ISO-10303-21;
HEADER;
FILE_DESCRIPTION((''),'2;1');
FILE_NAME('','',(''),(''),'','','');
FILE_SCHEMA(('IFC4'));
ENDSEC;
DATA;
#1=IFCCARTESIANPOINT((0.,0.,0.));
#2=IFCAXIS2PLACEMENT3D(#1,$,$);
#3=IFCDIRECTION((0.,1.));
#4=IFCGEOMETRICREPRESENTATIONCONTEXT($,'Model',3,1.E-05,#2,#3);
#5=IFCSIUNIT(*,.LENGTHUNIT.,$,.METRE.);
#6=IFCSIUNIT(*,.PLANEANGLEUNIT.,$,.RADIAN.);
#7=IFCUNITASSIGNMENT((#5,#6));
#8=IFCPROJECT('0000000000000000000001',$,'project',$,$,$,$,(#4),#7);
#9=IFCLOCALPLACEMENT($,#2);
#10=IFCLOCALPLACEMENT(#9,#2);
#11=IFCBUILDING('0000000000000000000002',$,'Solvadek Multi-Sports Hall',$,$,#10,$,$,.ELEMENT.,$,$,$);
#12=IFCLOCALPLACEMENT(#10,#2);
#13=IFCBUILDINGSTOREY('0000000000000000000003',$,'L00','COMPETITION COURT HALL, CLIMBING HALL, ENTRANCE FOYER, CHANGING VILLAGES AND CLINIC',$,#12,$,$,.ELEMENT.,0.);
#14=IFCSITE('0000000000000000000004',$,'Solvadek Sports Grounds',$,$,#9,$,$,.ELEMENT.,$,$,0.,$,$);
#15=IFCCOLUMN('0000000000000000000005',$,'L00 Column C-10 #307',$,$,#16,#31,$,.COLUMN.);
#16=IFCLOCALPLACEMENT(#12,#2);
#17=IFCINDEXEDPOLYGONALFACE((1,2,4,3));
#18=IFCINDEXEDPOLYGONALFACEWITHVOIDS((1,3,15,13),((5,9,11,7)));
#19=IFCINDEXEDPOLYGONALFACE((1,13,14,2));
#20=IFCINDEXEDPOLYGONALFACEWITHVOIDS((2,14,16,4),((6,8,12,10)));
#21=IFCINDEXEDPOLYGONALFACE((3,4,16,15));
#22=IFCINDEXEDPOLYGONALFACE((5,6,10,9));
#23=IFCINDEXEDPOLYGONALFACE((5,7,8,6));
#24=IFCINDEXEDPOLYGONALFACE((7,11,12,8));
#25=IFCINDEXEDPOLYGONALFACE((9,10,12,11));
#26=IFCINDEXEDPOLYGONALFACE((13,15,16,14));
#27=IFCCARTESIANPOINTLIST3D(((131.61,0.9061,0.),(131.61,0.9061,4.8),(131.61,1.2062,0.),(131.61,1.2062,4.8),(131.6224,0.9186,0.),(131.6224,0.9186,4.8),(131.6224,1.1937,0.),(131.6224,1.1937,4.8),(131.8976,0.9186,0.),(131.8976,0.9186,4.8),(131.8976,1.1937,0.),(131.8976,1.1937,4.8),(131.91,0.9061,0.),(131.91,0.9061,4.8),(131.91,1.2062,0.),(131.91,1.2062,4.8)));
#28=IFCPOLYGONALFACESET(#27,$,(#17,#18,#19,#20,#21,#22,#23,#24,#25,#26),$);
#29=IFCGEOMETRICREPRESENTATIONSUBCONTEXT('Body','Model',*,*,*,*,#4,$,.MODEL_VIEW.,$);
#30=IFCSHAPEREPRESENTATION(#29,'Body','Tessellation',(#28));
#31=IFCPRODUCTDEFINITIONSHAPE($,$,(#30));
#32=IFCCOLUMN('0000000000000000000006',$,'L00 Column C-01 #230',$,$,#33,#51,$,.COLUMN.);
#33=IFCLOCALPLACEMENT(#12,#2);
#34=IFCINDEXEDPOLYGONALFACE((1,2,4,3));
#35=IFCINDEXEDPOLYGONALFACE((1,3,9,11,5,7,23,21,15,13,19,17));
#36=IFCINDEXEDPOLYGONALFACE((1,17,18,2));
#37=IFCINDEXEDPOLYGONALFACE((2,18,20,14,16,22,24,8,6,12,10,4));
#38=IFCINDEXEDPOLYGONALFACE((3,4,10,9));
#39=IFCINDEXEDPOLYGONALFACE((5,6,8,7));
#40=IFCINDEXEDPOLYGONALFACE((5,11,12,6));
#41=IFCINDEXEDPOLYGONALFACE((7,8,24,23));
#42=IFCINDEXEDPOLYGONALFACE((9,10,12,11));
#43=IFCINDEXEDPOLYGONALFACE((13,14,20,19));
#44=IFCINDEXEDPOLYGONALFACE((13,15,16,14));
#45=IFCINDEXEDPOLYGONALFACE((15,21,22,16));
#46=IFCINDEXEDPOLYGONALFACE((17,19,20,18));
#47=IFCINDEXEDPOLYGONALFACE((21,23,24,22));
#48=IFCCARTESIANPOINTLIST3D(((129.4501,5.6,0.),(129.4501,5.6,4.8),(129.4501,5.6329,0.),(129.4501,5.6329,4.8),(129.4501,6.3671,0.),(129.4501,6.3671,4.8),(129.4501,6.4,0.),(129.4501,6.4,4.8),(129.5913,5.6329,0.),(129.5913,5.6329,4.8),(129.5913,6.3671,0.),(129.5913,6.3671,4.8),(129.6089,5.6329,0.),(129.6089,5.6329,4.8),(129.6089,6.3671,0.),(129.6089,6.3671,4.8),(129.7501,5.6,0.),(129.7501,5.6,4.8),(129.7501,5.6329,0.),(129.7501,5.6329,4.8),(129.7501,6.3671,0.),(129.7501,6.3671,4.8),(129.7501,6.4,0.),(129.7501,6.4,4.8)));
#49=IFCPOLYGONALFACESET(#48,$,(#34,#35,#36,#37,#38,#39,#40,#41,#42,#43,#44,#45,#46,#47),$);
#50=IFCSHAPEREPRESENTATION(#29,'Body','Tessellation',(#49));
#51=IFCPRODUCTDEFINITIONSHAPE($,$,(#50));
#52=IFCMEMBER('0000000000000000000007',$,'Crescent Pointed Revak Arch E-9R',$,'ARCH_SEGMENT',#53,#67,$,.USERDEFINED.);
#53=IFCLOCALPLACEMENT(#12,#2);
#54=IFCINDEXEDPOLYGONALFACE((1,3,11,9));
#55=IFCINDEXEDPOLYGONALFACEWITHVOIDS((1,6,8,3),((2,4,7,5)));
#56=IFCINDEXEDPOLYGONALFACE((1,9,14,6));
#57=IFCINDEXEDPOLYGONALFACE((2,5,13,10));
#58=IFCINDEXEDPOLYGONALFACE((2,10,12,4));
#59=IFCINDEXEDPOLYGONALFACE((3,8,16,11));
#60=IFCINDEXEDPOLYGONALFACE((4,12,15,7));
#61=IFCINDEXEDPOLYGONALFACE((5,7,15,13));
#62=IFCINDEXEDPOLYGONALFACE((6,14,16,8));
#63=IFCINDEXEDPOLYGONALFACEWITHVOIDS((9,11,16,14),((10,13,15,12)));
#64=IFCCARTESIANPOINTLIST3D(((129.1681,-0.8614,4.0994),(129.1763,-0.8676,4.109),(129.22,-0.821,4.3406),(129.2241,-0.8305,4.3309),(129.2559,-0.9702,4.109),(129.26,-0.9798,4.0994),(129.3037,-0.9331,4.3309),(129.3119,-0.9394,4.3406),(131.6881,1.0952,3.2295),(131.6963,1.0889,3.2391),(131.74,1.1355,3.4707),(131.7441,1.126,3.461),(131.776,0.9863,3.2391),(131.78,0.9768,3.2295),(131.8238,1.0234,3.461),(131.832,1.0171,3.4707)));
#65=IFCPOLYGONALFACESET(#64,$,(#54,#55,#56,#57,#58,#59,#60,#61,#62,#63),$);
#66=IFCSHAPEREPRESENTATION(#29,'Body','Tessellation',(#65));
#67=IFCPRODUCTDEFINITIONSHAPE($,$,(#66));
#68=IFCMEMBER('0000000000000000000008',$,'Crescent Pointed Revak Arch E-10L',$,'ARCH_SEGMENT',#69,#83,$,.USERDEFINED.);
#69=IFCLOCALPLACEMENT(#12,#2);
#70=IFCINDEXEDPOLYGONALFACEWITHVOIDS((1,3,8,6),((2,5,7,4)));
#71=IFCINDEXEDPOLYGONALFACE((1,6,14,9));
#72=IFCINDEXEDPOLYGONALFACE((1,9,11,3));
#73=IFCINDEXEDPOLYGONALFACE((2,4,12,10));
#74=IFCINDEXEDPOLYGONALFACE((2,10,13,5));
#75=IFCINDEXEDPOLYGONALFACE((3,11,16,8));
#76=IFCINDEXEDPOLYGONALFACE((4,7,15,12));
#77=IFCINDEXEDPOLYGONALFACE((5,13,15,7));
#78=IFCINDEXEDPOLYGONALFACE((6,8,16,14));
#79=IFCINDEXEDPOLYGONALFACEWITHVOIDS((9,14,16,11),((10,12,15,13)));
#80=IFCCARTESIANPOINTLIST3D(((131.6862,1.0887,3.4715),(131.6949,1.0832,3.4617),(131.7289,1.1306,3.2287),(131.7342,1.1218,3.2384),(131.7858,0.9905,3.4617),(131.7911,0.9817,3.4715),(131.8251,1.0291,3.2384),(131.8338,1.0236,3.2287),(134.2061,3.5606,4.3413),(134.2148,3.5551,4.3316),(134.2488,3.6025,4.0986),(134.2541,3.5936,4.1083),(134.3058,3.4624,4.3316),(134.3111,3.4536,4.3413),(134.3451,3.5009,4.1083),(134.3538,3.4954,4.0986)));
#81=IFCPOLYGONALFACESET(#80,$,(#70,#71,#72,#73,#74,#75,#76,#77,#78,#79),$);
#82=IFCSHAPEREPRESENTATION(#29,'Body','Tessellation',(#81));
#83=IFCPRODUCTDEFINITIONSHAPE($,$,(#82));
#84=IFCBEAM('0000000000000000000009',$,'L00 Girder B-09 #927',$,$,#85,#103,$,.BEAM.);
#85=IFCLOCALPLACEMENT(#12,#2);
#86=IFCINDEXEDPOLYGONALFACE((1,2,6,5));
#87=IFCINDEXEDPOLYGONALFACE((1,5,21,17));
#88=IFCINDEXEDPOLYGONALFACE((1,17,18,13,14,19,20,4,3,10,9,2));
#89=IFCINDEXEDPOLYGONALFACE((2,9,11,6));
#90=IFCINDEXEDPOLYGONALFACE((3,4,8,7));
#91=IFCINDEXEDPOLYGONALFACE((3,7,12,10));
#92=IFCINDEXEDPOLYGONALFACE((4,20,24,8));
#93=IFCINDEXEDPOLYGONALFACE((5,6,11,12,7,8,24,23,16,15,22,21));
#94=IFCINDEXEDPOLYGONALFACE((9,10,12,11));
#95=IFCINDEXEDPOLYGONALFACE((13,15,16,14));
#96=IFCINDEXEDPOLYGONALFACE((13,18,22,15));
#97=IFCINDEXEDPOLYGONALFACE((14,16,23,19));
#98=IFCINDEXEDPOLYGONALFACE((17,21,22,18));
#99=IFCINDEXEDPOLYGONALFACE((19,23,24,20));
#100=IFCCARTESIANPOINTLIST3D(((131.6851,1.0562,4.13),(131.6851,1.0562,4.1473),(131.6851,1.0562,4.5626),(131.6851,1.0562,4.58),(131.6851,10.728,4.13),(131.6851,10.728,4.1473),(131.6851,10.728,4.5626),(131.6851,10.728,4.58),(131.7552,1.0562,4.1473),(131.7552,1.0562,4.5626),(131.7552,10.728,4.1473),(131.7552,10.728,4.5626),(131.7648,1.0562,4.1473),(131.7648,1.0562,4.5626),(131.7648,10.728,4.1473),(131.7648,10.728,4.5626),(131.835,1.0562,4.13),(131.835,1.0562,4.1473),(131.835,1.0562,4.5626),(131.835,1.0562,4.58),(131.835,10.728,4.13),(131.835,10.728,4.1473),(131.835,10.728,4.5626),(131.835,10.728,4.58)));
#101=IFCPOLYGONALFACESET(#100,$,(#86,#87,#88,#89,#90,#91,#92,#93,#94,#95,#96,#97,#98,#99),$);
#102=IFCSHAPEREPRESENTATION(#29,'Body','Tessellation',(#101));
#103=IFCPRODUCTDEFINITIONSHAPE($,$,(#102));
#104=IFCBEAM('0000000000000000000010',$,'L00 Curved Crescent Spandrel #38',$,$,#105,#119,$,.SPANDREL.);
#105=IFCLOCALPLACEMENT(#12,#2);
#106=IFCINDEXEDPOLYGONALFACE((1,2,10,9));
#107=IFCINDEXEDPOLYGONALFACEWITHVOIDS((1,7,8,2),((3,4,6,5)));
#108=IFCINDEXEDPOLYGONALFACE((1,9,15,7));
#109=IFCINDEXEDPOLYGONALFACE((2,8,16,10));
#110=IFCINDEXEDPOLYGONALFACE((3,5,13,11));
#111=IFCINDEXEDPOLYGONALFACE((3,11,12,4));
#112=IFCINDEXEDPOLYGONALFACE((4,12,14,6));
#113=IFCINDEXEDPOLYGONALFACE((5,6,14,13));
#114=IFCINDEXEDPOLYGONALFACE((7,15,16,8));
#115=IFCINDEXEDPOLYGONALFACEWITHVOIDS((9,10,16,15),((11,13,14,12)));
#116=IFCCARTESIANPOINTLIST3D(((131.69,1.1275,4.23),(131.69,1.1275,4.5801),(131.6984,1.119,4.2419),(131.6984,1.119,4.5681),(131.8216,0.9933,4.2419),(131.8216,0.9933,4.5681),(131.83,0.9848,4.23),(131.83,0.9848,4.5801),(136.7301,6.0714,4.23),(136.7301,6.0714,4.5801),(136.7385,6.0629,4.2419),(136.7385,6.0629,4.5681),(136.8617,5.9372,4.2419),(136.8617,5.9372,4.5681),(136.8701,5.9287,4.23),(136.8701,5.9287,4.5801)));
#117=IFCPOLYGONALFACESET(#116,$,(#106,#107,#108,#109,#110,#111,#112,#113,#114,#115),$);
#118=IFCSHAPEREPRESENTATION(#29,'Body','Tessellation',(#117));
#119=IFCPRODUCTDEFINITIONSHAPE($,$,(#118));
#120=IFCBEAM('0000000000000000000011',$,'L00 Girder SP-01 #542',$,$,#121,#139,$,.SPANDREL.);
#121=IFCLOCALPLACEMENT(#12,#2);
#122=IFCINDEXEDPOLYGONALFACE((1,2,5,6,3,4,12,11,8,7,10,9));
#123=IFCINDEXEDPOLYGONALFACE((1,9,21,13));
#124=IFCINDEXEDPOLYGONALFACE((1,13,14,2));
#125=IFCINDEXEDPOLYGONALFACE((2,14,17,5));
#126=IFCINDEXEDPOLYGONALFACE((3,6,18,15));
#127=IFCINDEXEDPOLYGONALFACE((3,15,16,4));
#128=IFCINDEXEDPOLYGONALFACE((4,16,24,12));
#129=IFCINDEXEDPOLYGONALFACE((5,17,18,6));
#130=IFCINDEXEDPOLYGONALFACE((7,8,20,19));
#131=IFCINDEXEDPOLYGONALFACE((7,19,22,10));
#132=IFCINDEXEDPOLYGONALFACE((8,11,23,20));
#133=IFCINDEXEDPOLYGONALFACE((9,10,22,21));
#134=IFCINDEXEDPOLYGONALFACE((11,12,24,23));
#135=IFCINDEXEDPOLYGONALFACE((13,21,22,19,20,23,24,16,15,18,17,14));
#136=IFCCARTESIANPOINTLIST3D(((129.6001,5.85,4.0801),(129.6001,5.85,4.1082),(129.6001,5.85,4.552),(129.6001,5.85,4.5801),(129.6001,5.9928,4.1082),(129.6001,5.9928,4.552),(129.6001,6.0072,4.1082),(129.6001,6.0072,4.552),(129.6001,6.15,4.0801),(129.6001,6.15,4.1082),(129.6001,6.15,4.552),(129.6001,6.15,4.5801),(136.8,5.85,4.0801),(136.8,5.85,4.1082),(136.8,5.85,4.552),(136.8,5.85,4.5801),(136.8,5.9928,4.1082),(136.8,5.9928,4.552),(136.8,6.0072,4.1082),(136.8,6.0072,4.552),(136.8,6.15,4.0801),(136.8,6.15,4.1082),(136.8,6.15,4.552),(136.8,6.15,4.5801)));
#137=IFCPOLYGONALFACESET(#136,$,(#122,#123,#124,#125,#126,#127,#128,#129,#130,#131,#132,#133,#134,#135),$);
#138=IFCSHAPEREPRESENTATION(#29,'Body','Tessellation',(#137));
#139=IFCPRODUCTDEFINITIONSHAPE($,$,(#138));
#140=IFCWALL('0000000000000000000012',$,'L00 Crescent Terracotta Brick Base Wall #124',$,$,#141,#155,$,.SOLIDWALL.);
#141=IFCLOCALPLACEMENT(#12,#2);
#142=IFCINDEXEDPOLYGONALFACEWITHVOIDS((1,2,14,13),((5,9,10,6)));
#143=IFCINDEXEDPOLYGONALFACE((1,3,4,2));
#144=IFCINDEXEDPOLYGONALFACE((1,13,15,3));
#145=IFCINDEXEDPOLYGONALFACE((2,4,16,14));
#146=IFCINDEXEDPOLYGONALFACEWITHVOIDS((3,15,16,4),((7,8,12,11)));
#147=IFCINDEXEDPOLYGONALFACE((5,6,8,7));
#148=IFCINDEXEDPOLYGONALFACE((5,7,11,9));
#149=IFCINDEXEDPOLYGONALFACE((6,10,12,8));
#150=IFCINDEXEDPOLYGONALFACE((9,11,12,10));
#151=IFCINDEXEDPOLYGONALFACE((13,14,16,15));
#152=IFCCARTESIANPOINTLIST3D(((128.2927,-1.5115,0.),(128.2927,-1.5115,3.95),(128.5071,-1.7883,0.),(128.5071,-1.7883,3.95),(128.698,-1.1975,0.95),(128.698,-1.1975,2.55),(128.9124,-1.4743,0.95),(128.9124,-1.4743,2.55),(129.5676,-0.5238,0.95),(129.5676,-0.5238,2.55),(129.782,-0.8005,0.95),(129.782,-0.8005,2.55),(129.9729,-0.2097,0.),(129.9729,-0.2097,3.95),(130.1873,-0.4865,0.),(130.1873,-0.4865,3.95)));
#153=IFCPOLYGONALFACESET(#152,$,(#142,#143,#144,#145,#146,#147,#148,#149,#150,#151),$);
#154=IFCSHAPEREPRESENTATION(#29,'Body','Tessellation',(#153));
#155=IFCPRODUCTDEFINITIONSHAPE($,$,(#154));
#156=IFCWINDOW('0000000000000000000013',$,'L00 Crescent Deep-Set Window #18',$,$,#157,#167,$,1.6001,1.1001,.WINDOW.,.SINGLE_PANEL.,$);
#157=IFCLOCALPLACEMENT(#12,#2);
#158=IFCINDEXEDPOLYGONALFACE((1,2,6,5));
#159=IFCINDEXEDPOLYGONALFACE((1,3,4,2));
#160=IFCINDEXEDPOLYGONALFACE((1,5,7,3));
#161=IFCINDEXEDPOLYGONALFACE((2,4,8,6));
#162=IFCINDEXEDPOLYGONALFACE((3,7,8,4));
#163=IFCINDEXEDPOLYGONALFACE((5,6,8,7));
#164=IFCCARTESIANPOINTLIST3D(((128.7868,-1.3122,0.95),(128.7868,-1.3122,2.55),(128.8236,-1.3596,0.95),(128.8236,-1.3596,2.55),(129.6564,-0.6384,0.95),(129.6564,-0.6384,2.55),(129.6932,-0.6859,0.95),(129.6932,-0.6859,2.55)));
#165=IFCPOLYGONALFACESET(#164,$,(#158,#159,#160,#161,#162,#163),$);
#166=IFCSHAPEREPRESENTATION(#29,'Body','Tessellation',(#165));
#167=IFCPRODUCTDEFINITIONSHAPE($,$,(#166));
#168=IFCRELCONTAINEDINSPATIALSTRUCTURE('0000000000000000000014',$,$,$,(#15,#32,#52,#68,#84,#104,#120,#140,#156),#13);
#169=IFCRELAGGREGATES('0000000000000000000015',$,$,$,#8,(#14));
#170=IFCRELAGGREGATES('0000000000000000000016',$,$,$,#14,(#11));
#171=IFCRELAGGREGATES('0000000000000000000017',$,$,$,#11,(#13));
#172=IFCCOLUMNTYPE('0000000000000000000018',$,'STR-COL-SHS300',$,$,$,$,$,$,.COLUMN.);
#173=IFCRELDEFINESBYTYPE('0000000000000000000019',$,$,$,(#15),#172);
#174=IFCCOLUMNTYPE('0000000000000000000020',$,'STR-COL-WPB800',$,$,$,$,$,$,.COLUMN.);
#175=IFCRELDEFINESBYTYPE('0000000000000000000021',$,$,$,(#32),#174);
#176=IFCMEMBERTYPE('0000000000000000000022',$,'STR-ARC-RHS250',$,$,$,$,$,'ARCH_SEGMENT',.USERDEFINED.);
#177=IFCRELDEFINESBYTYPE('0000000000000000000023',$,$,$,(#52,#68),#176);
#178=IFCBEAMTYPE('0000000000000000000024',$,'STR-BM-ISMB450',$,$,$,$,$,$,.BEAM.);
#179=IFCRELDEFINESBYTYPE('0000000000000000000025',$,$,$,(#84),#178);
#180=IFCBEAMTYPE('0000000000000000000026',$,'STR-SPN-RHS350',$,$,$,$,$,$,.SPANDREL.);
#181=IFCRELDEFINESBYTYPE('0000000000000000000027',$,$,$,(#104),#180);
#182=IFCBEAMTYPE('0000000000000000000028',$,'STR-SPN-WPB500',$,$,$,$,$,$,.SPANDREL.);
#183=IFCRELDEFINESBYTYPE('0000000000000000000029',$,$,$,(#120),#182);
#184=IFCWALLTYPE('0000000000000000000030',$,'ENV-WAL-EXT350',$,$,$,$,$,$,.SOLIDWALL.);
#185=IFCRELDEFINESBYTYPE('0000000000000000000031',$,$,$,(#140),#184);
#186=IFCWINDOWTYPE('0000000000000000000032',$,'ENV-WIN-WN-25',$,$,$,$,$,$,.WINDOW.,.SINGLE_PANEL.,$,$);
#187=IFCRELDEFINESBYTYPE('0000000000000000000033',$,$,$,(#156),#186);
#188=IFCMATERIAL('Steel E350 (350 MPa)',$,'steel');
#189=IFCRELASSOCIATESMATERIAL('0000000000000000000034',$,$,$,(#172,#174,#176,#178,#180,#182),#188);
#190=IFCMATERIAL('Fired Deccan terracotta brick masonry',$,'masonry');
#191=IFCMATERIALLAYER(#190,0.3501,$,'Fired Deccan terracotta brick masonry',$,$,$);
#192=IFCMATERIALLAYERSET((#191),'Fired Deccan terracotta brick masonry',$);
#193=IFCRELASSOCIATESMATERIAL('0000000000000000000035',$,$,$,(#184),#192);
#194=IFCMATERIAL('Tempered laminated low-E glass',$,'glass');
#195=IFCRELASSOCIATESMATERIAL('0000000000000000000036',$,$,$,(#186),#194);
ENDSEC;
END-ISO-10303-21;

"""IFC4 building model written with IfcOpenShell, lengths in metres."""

from ifc_helpers import new_model, si_unit, direction, frame, frame_2d, origin, origin_2d, place, context, subcontext, project, spatial, rectangle, hollow_rectangle, i_section, extrude, material, layer, layer_set, material_profile, profile_set, type_object, element, fill, save


model = new_model("IFC4")

# Units and contexts
model_context = context("Model", 3, precision=1e-05, world=origin(), true_north=direction((0.0, 1.0)))
body_context = subcontext(model_context, "Body", "Model", "MODEL_VIEW")
ifc_project = project(units=[si_unit("LENGTHUNIT", "METRE"), si_unit("PLANEANGLEUNIT", "RADIAN")], contexts=[model_context])

# Site, building, storey
site_placement = place(None, origin())
site = spatial("IfcSite", under=ifc_project, at=site_placement, Name="Solvadek Sports Grounds", CompositionType="ELEMENT", RefElevation=0.0)
building_placement = place(site_placement, origin())
building = spatial("IfcBuilding", under=site, at=building_placement, Name="Solvadek Multi-Sports Hall", CompositionType="ELEMENT")
storey_placement = place(building_placement, origin())
storey = spatial("IfcBuildingStorey", under=building, at=storey_placement, Name="L00", Description="COMPETITION COURT HALL, CLIMBING HALL, ENTRANCE FOYER, CHANGING VILLAGES AND CLINIC", CompositionType="ELEMENT", Elevation=0.0)

# Columns
ifc_material_1 = material(Name="Steel E350 (350 MPa)", Category="steel")
ifc_material_profile_1 = material_profile(ifc_material_1, hollow_rectangle(XDim=0.3, YDim=0.3, WallThickness=0.0125, at=origin_2d()), Name="SHS 300x300x12.5")
ifc_profile_set_1 = profile_set([ifc_material_profile_1], Name="Steel E350 (350 MPa)")
column_type_1 = type_object("IfcColumnType", Name="STR-COL-SHS300", PredefinedType="COLUMN", material=ifc_profile_set_1)
column_1_placement = place(storey_placement, frame((131.76, 1.0562, 0.0), z_axis=(0.0, 0.0, 1.0), x_axis=(1.0, 0.0, 0.0)))
element("IfcColumn", 1, at=column_1_placement, inside=storey, type_object=column_type_1, Name="L00 Column C-10 #307", PredefinedType="COLUMN", context=body_context, shape_type="SweptSolid", body=[
    extrude(hollow_rectangle(XDim=0.3, YDim=0.3, WallThickness=0.0125, at=origin_2d()), origin(), (0.0, 0.0, 1.0), 4.8),
])
ifc_material_profile_2 = material_profile(ifc_material_1, i_section(OverallWidth=0.3, OverallDepth=0.8, WebThickness=0.0176, FlangeThickness=0.033, at=origin_2d()), Name="WPB 800")
ifc_profile_set_2 = profile_set([ifc_material_profile_2], Name="Steel E350 (350 MPa)")
column_type_2 = type_object("IfcColumnType", Name="STR-COL-WPB800", PredefinedType="COLUMN", material=ifc_profile_set_2)
column_2_placement = place(storey_placement, frame((129.6001, 6.0, 0.0), z_axis=(0.0, 0.0, 1.0), x_axis=(1.0, 0.0, 0.0)))
element("IfcColumn", 2, at=column_2_placement, inside=storey, type_object=column_type_2, Name="L00 Column C-01 #230", PredefinedType="COLUMN", context=body_context, shape_type="SweptSolid", body=[
    extrude(i_section(OverallWidth=0.3, OverallDepth=0.8, WebThickness=0.0176, FlangeThickness=0.033, at=origin_2d()), origin(), (0.0, 0.0, 1.0), 4.8),
])

# Members
ifc_material_profile_3 = material_profile(ifc_material_1, hollow_rectangle(XDim=0.1499, YDim=0.25, WallThickness=0.01, at=origin_2d()), Name="RHS 250x150x10")
ifc_profile_set_3 = profile_set([ifc_material_profile_3], Name="Steel E350 (350 MPa)")
member_type = type_object("IfcMemberType", Name="STR-ARC-RHS250", ElementType="ARCH_SEGMENT", PredefinedType="USERDEFINED", material=ifc_profile_set_3)
member_1_placement = place(storey_placement, frame((129.24, -0.9004, 4.22), z_axis=(0.762061, 0.591664, -0.263052), x_axis=(-0.613262, 0.789879, 0.0)))
element("IfcMember", 3, at=member_1_placement, inside=storey, type_object=member_type, Name="Crescent Pointed Revak Arch E-9R", ObjectType="ARCH_SEGMENT", PredefinedType="USERDEFINED", context=body_context, shape_type="SweptSolid", body=[
    extrude(hollow_rectangle(XDim=0.1499, YDim=0.25, WallThickness=0.01, at=origin_2d()), origin(), (0.0, 0.0, 1.0), 3.3069),
])
member_2_placement = place(storey_placement, frame((131.76, 1.0562, 3.3501), z_axis=(0.693151, 0.679922, 0.239265), x_axis=(-0.700262, 0.713886, 0.0)))
element("IfcMember", 4, at=member_2_placement, inside=storey, type_object=member_type, Name="Crescent Pointed Revak Arch E-10L", ObjectType="ARCH_SEGMENT", PredefinedType="USERDEFINED", context=body_context, shape_type="SweptSolid", body=[
    extrude(hollow_rectangle(XDim=0.1499, YDim=0.25, WallThickness=0.01, at=origin_2d()), origin(), (0.0, 0.0, 1.0), 3.6355),
])

# Beams
ifc_material_profile_4 = material_profile(ifc_material_1, i_section(OverallWidth=0.1499, OverallDepth=0.45, WebThickness=0.0095, FlangeThickness=0.0173, at=origin_2d()), Name="ISMB 450")
ifc_profile_set_4 = profile_set([ifc_material_profile_4], Name="Steel E350 (350 MPa)")
beam_type_1 = type_object("IfcBeamType", Name="STR-BM-ISMB450", PredefinedType="BEAM", material=ifc_profile_set_4)
beam_1_placement = place(storey_placement, frame((131.76, 1.0562, 4.355), z_axis=(0.0, 1.0, 0.0), x_axis=(-1.0, 0.0, 0.0)))
element("IfcBeam", 5, at=beam_1_placement, inside=storey, type_object=beam_type_1, Name="L00 Girder B-09 #927", PredefinedType="BEAM", context=body_context, shape_type="SweptSolid", body=[
    extrude(i_section(OverallWidth=0.1499, OverallDepth=0.45, WebThickness=0.0095, FlangeThickness=0.0173, at=origin_2d()), origin(), (0.0, 0.0, 1.0), 9.6719),
])
ifc_material_profile_5 = material_profile(ifc_material_1, hollow_rectangle(XDim=0.2, YDim=0.3501, WallThickness=0.012, at=origin_2d()), Name="RHS 350x200x12")
ifc_profile_set_5 = profile_set([ifc_material_profile_5], Name="Steel E350 (350 MPa)")
beam_type_2 = type_object("IfcBeamType", Name="STR-SPN-RHS350", PredefinedType="SPANDREL", material=ifc_profile_set_5)
beam_2_placement = place(storey_placement, frame((131.76, 1.0562, 4.405), z_axis=(0.713886, 0.700262, 0.0), x_axis=(-0.700262, 0.713886, 0.0)))
element("IfcBeam", 6, at=beam_2_placement, inside=storey, type_object=beam_type_2, Name="L00 Curved Crescent Spandrel #38", PredefinedType="SPANDREL", context=body_context, shape_type="SweptSolid", body=[
    extrude(hollow_rectangle(XDim=0.2, YDim=0.3501, WallThickness=0.012, at=origin_2d()), origin(), (0.0, 0.0, 1.0), 7.0601),
])
ifc_material_profile_6 = material_profile(ifc_material_1, i_section(OverallWidth=0.3, OverallDepth=0.5, WebThickness=0.0144, FlangeThickness=0.0281, at=origin_2d()), Name="WPB 500")
ifc_profile_set_6 = profile_set([ifc_material_profile_6], Name="Steel E350 (350 MPa)")
beam_type_3 = type_object("IfcBeamType", Name="STR-SPN-WPB500", PredefinedType="SPANDREL", material=ifc_profile_set_6)
beam_3_placement = place(storey_placement, frame((129.6001, 6.0, 4.3301), z_axis=(1.0, 0.0, 0.0), x_axis=(0.0, 1.0, 0.0)))
element("IfcBeam", 7, at=beam_3_placement, inside=storey, type_object=beam_type_3, Name="L00 Girder SP-01 #542", PredefinedType="SPANDREL", context=body_context, shape_type="SweptSolid", body=[
    extrude(i_section(OverallWidth=0.3, OverallDepth=0.5, WebThickness=0.0144, FlangeThickness=0.0281, at=origin_2d()), origin(), (0.0, 0.0, 1.0), 7.2),
])

# Wall, opening, window
ifc_material_2 = material(Name="Fired Deccan terracotta brick masonry", Category="masonry")
ifc_layer_1 = layer(ifc_material_2, 0.3501, Name="Fired Deccan terracotta brick masonry")
ifc_layer_set_1 = layer_set([ifc_layer_1], Name="Fired Deccan terracotta brick masonry")
wall_type = type_object("IfcWallType", Name="ENV-WAL-EXT350", PredefinedType="SOLIDWALL", material=ifc_layer_set_1)
wall_1_placement = place(storey_placement, frame((128.3999, -1.6499, 0.0), z_axis=(0.0, 0.0, 1.0), x_axis=(0.790501, 0.61246, 0.0)))
wall_1 = element("IfcWall", 8, at=wall_1_placement, inside=storey, type_object=wall_type, Name="L00 Crescent Terracotta Brick Base Wall #124", PredefinedType="SOLIDWALL", context=body_context, shape_type="SweptSolid", body=[
    extrude(rectangle(XDim=2.1255, YDim=0.3501, at=frame_2d((1.0627, 0.0))), origin(), (0.0, 0.0, 1.0), 3.95),
])
opening_placement = place(wall_1_placement, frame((0.5127, 0.0, 0.95)))
opening = element("IfcOpeningElement", 9, at=opening_placement, cuts=wall_1, PredefinedType="OPENING", context=body_context, shape_type="SweptSolid", body=[
    extrude(rectangle(XDim=1.1001, YDim=1.6001, at=frame_2d((0.55, 0.8))), frame((0.0, 0.1851, 0.0), z_axis=(0.0, -1.0, 0.0), x_axis=(1.0, 0.0, 0.0)), (0.0, 0.0, 1.0), 0.3701),
])
ifc_material_3 = material(Name="Tempered laminated low-E glass", Category="glass")
window_type = type_object("IfcWindowType", Name="ENV-WIN-WN-25", PartitioningType="SINGLE_PANEL", PredefinedType="WINDOW", material=ifc_material_3)
window_placement = place(opening_placement, origin())
window = element("IfcWindow", 10, at=window_placement, inside=storey, type_object=window_type, Name="L00 Crescent Deep-Set Window #18", OverallHeight=1.6001, OverallWidth=1.1001, PartitioningType="SINGLE_PANEL", PredefinedType="WINDOW", context=body_context, shape_type="SweptSolid", body=[
    extrude(rectangle(XDim=1.1001, YDim=1.6001, at=frame_2d((0.55, 0.8))), frame((0.0, 0.03, 0.0), z_axis=(0.0, -1.0, 0.0), x_axis=(1.0, 0.0, 0.0)), (0.0, 0.0, 1.0), 0.0601),
])
fill(opening, window)

save(model, "model.ifc")
